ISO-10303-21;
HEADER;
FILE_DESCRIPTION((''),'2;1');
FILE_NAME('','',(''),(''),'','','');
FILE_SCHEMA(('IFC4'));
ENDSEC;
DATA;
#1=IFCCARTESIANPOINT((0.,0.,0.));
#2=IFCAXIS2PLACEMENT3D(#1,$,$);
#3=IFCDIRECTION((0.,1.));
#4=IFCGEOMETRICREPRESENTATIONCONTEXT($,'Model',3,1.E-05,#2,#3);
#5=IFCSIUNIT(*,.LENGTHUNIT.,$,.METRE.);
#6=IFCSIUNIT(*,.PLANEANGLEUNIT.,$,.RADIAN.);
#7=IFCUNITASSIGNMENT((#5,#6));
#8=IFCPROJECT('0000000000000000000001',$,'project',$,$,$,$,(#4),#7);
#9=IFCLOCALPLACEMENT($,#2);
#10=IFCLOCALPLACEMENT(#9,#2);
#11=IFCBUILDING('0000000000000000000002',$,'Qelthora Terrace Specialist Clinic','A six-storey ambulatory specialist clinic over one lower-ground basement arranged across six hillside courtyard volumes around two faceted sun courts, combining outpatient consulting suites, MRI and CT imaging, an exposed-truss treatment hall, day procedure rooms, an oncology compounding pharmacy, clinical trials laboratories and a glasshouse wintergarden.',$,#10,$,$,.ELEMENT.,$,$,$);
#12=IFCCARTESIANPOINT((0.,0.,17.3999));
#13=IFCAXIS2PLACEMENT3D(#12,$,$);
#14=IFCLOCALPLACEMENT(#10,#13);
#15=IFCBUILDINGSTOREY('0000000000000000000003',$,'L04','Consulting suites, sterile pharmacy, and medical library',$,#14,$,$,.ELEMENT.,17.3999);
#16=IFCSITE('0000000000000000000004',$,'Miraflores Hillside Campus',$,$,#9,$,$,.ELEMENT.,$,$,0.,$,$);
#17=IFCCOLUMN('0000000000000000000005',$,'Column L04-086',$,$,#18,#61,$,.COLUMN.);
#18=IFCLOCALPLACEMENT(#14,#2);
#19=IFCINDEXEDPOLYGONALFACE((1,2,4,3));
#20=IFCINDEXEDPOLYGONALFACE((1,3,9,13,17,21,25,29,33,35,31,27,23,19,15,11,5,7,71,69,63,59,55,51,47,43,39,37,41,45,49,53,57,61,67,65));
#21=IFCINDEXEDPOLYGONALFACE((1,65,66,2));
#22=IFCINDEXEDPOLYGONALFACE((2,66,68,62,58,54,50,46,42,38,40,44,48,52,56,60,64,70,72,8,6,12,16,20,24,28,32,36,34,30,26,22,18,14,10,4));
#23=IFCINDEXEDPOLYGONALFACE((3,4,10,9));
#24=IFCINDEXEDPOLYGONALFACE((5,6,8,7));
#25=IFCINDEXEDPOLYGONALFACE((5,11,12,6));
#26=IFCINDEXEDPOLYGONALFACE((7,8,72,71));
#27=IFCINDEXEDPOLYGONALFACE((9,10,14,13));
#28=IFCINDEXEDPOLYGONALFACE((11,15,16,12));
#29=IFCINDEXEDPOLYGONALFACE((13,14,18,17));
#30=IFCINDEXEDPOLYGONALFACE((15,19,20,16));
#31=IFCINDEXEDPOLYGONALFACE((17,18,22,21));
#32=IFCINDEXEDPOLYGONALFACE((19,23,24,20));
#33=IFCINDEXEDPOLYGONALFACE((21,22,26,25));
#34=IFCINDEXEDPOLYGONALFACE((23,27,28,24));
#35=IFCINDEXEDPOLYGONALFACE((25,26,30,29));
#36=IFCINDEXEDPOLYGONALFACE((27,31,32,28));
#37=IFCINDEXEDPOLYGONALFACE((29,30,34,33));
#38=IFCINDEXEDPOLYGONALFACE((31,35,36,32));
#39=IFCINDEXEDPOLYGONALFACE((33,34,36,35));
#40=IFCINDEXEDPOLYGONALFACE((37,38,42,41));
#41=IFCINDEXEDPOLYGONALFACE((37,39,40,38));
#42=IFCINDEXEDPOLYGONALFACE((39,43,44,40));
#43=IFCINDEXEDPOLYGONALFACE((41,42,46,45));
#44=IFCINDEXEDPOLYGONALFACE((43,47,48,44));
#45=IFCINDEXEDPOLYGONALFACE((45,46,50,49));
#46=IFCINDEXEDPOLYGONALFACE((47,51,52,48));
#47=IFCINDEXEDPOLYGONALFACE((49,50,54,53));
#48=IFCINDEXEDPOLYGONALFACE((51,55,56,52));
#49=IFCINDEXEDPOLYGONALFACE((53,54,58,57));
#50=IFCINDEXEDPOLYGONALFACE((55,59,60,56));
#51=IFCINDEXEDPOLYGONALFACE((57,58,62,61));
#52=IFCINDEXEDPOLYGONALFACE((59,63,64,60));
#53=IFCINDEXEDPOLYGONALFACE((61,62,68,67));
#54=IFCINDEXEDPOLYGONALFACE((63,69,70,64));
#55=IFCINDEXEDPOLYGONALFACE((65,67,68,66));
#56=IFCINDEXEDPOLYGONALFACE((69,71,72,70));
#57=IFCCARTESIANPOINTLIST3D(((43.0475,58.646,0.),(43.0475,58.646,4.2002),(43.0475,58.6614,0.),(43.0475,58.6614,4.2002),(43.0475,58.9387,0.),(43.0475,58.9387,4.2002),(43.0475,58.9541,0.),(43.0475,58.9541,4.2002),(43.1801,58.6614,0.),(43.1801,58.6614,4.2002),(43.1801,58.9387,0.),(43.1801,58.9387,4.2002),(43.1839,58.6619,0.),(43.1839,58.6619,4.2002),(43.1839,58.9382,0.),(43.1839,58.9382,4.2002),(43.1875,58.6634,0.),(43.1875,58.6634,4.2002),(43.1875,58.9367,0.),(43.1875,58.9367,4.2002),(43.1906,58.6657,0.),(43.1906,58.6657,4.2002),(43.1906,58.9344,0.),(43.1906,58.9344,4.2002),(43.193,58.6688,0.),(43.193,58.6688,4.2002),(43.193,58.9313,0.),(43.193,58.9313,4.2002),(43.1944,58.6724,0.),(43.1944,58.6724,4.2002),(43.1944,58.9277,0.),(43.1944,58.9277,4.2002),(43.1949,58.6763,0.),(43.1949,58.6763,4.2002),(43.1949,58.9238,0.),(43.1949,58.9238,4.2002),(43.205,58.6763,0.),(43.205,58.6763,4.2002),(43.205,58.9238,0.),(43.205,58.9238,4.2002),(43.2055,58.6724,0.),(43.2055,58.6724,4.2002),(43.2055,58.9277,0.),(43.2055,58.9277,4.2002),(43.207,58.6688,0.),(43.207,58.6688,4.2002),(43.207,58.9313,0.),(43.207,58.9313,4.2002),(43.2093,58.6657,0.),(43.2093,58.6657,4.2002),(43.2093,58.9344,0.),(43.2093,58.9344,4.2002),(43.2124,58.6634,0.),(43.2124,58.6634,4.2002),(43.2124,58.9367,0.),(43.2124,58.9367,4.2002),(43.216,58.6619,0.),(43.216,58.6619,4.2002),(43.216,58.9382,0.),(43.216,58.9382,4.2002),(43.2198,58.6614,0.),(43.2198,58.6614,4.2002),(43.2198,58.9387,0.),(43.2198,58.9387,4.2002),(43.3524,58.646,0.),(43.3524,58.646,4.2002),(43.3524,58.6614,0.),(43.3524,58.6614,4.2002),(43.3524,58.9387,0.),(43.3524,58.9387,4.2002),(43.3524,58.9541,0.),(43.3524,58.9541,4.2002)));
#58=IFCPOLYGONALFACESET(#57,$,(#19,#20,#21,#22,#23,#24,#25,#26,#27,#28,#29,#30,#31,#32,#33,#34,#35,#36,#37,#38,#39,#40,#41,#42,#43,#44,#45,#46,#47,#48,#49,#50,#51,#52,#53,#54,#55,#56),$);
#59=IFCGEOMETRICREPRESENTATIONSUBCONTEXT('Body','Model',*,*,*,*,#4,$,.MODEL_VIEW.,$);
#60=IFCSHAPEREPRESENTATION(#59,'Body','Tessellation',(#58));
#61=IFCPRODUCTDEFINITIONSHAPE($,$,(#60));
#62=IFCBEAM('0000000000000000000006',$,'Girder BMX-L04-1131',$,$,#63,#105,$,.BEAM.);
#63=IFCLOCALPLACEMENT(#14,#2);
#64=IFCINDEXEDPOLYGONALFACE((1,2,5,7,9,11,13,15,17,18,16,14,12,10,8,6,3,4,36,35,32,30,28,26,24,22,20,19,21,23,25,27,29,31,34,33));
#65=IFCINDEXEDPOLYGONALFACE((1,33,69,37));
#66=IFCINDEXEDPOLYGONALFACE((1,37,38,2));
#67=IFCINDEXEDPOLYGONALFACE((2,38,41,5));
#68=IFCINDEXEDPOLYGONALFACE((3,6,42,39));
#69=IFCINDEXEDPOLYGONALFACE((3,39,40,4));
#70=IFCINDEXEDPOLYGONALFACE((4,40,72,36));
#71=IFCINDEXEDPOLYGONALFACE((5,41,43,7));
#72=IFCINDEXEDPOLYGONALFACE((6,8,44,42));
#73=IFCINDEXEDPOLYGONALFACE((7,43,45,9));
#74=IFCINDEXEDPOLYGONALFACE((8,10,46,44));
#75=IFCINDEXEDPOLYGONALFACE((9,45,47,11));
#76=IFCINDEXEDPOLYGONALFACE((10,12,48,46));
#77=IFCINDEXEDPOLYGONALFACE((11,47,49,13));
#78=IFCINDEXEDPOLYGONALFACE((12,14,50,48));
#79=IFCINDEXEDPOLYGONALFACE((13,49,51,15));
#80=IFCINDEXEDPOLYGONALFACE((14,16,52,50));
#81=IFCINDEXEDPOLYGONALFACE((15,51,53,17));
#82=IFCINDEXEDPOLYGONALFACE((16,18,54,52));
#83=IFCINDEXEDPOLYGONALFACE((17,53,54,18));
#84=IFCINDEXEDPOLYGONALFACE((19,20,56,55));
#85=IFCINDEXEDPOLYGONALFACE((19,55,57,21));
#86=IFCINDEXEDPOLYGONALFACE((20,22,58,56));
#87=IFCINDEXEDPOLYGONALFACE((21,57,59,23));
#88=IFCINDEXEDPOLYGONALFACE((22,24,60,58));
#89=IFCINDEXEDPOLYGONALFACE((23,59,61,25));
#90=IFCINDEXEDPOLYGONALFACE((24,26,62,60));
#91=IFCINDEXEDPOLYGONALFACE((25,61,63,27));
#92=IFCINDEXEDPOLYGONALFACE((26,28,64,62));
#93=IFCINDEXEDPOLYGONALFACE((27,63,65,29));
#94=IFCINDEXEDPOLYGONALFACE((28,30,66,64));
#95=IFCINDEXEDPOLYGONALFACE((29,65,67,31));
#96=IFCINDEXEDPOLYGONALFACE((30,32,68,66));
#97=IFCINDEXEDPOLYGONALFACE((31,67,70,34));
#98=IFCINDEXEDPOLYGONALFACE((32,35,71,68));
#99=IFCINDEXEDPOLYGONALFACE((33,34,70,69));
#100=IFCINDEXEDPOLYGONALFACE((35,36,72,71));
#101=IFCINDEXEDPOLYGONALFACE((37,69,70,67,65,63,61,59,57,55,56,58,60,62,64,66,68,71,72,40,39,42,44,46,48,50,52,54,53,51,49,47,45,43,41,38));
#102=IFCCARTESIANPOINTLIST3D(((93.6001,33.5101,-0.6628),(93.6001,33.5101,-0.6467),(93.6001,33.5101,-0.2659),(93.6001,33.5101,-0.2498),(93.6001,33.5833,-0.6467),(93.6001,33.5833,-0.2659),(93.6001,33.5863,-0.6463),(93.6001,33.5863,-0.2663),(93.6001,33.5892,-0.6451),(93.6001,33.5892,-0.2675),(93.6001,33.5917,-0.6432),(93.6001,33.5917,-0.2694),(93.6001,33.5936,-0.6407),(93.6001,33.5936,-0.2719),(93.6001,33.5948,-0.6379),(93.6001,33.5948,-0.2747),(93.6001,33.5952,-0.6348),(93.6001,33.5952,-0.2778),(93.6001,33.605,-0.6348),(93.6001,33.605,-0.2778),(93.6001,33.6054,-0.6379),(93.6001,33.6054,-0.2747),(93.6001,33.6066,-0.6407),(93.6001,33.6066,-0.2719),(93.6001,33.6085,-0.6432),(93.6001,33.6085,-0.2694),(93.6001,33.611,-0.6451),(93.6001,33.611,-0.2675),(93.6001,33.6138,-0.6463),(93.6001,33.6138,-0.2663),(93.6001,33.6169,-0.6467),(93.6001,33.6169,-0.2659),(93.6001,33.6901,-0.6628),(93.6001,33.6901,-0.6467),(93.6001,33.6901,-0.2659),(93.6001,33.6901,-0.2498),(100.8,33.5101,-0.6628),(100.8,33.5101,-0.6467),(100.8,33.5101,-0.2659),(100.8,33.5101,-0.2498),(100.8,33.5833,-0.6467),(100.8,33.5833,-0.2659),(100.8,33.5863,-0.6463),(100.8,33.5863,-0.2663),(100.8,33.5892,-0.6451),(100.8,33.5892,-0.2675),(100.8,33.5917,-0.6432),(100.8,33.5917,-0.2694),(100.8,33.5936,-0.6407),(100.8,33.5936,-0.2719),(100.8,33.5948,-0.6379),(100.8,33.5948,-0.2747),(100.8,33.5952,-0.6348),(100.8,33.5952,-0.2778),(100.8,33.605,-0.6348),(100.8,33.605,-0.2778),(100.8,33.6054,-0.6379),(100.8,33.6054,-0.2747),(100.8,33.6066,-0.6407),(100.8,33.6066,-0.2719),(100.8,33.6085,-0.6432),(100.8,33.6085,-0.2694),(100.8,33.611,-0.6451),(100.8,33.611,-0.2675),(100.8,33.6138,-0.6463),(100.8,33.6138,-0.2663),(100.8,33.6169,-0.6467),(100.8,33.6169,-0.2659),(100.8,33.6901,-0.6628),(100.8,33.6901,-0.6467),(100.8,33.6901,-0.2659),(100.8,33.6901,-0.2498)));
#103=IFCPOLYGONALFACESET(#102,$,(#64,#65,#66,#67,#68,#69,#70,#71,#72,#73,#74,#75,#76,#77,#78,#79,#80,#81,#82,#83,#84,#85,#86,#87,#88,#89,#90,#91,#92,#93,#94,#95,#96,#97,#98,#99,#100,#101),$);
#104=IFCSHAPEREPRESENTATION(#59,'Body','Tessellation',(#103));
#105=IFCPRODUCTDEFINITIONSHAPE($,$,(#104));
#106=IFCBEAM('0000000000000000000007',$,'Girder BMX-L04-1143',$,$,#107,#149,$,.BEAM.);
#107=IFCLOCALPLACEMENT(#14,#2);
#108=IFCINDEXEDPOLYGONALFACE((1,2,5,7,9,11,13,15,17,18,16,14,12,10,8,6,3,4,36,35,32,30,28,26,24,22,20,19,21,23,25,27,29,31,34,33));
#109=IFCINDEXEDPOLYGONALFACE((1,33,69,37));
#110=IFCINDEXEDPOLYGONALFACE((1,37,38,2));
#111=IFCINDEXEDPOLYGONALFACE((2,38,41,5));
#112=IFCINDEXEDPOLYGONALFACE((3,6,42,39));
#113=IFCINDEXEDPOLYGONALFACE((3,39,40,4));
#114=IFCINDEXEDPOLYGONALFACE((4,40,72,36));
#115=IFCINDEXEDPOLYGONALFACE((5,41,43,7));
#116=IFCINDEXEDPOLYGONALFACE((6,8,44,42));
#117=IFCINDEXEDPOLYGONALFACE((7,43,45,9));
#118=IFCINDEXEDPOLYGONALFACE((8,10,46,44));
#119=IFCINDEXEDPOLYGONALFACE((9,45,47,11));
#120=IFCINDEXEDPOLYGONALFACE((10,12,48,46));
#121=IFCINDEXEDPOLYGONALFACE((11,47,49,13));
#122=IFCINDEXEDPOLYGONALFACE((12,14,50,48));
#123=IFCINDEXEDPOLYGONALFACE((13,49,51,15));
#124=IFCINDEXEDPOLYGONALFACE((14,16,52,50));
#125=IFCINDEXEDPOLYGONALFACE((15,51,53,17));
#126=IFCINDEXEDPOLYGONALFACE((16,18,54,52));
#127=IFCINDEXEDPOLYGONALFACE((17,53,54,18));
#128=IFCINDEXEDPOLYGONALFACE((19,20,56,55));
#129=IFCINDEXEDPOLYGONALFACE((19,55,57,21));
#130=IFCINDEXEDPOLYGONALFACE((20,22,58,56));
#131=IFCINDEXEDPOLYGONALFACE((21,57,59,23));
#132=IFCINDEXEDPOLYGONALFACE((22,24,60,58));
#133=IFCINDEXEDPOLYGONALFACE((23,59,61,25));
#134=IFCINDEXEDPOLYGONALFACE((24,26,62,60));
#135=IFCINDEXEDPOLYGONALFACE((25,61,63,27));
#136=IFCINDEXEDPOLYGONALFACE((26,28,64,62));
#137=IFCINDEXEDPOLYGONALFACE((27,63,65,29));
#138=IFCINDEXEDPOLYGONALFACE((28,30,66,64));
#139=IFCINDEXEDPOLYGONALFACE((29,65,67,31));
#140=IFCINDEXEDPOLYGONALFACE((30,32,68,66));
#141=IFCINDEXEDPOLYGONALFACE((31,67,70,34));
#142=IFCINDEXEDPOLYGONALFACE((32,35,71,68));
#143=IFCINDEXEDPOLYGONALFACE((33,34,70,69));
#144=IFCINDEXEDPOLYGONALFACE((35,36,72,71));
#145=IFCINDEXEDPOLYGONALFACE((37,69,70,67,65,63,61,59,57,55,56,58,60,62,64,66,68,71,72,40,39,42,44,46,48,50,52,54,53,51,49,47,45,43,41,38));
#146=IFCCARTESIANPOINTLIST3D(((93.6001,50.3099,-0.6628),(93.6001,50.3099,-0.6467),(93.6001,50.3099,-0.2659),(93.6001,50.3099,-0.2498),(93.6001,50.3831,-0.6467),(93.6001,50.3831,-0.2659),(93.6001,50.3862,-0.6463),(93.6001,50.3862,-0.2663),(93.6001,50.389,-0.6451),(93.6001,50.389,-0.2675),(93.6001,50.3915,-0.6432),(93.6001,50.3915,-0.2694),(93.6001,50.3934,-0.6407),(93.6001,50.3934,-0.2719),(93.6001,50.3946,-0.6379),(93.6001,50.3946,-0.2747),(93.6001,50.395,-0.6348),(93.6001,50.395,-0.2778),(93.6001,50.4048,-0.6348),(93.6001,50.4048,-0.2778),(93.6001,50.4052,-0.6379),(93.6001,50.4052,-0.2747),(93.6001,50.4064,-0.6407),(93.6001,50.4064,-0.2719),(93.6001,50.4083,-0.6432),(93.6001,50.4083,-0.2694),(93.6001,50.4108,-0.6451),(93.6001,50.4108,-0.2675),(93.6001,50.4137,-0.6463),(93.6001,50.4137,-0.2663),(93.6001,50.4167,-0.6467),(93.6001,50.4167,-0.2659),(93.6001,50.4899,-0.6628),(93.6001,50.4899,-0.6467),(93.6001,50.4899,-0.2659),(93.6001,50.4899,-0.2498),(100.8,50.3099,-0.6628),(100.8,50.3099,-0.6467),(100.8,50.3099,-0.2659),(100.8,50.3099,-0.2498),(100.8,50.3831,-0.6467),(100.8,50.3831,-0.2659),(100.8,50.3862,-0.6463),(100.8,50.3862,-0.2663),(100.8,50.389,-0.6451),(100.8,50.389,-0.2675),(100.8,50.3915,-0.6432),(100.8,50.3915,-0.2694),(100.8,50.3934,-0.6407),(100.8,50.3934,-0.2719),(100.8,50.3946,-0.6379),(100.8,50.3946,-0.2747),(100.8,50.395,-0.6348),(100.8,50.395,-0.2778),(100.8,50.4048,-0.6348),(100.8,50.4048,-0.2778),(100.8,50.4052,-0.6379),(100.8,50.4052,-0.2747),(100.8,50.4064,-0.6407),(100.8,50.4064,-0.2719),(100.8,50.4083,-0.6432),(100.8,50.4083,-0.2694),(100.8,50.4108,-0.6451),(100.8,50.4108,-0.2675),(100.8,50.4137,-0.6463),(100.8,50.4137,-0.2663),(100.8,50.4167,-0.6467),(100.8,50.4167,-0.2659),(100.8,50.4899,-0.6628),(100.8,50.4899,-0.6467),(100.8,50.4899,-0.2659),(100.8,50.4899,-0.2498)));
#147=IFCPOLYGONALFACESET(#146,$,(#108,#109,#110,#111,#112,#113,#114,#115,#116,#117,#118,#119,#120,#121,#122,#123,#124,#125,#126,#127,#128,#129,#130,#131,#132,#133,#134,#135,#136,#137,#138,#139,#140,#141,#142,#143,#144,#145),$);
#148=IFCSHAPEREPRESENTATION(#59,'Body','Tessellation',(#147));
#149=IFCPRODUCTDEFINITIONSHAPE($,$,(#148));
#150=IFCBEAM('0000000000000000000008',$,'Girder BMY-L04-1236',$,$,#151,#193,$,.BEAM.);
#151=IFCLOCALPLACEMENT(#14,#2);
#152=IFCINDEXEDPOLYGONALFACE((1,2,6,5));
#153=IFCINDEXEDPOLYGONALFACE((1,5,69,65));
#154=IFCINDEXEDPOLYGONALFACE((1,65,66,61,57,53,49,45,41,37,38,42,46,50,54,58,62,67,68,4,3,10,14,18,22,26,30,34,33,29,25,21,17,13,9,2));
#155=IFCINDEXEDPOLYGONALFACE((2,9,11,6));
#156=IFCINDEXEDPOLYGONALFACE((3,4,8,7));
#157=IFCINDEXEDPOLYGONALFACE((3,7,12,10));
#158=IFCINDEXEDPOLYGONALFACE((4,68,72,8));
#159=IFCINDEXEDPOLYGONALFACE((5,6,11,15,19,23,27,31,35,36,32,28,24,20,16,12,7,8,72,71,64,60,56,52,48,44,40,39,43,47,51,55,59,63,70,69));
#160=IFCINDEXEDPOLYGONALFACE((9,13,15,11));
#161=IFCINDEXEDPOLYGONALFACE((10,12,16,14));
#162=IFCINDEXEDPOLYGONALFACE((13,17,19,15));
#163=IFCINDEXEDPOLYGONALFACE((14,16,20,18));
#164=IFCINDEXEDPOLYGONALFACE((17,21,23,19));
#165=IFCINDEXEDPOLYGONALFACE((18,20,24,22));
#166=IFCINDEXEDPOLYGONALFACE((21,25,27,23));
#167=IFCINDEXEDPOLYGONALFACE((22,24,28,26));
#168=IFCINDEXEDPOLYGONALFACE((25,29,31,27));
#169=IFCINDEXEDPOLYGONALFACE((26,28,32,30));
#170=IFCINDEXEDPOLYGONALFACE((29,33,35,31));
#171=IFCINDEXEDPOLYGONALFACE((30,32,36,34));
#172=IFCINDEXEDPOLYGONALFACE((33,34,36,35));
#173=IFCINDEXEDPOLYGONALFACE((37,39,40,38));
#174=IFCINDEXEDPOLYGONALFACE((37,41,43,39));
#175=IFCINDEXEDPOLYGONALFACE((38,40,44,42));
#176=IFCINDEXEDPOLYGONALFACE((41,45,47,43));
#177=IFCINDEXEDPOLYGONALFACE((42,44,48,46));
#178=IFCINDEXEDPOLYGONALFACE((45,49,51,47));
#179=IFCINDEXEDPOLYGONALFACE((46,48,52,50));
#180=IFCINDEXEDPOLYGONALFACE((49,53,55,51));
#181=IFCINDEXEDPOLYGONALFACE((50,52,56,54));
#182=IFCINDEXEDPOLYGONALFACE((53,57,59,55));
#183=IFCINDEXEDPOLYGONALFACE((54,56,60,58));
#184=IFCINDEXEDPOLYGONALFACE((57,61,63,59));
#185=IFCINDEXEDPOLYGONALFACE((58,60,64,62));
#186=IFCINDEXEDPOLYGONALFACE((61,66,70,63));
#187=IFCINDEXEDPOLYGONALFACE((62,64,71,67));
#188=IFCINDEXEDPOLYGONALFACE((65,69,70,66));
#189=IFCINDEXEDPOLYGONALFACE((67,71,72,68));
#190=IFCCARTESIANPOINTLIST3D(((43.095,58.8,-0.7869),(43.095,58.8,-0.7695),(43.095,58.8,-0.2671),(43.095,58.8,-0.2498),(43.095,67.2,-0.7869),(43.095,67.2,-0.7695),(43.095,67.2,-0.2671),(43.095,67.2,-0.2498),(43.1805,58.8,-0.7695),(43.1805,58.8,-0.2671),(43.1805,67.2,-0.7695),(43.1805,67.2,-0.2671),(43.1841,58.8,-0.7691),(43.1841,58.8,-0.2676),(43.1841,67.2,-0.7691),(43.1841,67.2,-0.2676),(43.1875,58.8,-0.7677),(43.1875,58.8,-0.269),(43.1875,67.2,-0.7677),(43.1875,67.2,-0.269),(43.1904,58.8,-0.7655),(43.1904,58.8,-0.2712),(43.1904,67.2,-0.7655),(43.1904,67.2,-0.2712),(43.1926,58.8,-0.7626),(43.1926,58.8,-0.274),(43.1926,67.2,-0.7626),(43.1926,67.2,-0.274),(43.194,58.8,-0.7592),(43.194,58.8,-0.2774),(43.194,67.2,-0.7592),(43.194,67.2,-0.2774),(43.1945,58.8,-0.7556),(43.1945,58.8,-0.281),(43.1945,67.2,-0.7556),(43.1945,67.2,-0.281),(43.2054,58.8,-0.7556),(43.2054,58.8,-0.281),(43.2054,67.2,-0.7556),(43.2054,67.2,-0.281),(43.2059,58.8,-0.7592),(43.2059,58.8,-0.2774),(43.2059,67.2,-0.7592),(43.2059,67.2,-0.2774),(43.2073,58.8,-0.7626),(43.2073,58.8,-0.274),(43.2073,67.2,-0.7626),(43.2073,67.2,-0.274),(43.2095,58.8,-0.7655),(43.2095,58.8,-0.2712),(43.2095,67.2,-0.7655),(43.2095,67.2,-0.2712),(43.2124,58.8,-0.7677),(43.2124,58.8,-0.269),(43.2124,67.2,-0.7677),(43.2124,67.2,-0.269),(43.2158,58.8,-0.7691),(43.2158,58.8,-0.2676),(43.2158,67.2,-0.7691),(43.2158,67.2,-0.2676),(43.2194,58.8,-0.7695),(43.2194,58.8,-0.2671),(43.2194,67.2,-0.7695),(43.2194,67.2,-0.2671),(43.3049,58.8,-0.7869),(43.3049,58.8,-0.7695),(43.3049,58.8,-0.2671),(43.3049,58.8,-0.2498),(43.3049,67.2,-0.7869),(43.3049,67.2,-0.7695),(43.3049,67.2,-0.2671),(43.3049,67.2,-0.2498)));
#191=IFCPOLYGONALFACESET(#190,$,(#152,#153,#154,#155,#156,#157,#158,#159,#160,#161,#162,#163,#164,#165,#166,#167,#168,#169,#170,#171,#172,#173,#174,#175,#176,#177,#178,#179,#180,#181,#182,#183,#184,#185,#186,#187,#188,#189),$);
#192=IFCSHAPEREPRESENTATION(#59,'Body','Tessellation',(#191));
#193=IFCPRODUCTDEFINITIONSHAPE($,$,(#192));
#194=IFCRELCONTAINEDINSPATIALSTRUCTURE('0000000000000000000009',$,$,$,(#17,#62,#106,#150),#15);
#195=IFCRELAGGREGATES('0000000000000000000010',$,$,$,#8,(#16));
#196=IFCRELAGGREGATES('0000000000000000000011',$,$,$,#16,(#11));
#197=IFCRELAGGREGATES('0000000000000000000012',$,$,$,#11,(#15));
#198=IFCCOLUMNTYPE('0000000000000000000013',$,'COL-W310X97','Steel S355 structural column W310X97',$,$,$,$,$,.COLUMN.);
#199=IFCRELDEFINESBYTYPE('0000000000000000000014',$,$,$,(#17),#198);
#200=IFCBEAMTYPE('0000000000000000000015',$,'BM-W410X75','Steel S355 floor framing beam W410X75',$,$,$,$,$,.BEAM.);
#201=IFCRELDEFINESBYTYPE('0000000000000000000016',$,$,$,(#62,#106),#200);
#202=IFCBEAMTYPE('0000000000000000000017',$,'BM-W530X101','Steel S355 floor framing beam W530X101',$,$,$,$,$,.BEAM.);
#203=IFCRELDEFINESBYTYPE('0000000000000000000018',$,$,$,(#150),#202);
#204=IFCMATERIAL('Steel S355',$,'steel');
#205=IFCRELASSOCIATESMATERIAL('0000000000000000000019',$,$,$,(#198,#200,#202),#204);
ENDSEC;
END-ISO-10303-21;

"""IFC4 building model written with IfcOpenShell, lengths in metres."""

from ifc_helpers import new_model, si_unit, direction, frame, origin, origin_2d, place, context, subcontext, project, spatial, i_section, extrude, material, material_profile, profile_set, type_object, element, save


model = new_model("IFC4")

# Units and contexts
model_context = context("Model", 3, precision=1e-05, world=origin(), true_north=direction((0.0, 1.0)))
body_context = subcontext(model_context, "Body", "Model", "MODEL_VIEW")
ifc_project = project(units=[si_unit("LENGTHUNIT", "METRE"), si_unit("PLANEANGLEUNIT", "RADIAN")], contexts=[model_context])

# Site, building, storey
site_placement = place(None, origin())
site = spatial("IfcSite", under=ifc_project, at=site_placement, Name="Miraflores Hillside Campus", CompositionType="ELEMENT", RefElevation=0.0)
building_placement = place(site_placement, origin())
building = spatial("IfcBuilding", under=site, at=building_placement, Name="Qelthora Terrace Specialist Clinic", Description="A six-storey ambulatory specialist clinic over one lower-ground basement arranged across six hillside courtyard volumes around two faceted sun courts, combining outpatient consulting suites, MRI and CT imaging, an exposed-truss treatment hall, day procedure rooms, an oncology compounding pharmacy, clinical trials laboratories and a glasshouse wintergarden.", CompositionType="ELEMENT")
storey_placement = place(building_placement, frame((0.0, 0.0, 17.3999)))
storey = spatial("IfcBuildingStorey", under=building, at=storey_placement, Name="L04", Description="Consulting suites, sterile pharmacy, and medical library", CompositionType="ELEMENT", Elevation=17.3999)

# Column
ifc_material_1 = material(Name="Steel S355", Category="steel")
ifc_material_profile_1 = material_profile(ifc_material_1, i_section(OverallWidth=0.3049, OverallDepth=0.3081, WebThickness=0.01, FlangeThickness=0.0154, FilletRadius=0.0149, at=origin_2d()), Name="W310X97")
ifc_profile_set_1 = profile_set([ifc_material_profile_1], Name="Steel S355")
column_type_1 = type_object("IfcColumnType", Name="COL-W310X97", Description="Steel S355 structural column W310X97", PredefinedType="COLUMN", material=ifc_profile_set_1)
column_1_placement = place(storey_placement, frame((43.2, 58.8, 0.0), z_axis=(0.0, 0.0, 1.0), x_axis=(1.0, 0.0, 0.0)))
element("IfcColumn", 1, at=column_1_placement, inside=storey, type_object=column_type_1, Name="Column L04-086", PredefinedType="COLUMN", context=body_context, shape_type="SweptSolid", body=[
    extrude(i_section(OverallWidth=0.3049, OverallDepth=0.3081, WebThickness=0.01, FlangeThickness=0.0154, FilletRadius=0.0149, at=origin_2d()), origin(), (0.0, 0.0, 1.0), 4.2002),
])

# Beams
ifc_material_profile_2 = material_profile(ifc_material_1, i_section(OverallWidth=0.1799, OverallDepth=0.4131, WebThickness=0.0098, FlangeThickness=0.0161, FilletRadius=0.012, at=origin_2d()), Name="W410X75")
ifc_profile_set_2 = profile_set([ifc_material_profile_2], Name="Steel S355")
beam_type_1 = type_object("IfcBeamType", Name="BM-W410X75", Description="Steel S355 floor framing beam W410X75", PredefinedType="BEAM", material=ifc_profile_set_2)
for number, where, z_axis, x_axis, name in (
    (2, (93.6001, 33.6001, -0.4563), (1.0, 0.0, 0.0), (0.0, 1.0, 0.0), "Girder BMX-L04-1131"),
    (3, (93.6001, 50.3999, -0.4563), (1.0, 0.0, 0.0), (0.0, 1.0, 0.0), "Girder BMX-L04-1143"),
):
    element("IfcBeam", number, at=place(storey_placement, frame(where, z_axis=z_axis, x_axis=x_axis)), inside=storey, type_object=beam_type_1, Name=name, PredefinedType="BEAM", context=body_context, shape_type="SweptSolid", body=[
        extrude(i_section(OverallWidth=0.1799, OverallDepth=0.4131, WebThickness=0.0098, FlangeThickness=0.0161, FilletRadius=0.012, at=origin_2d()), origin(), (0.0, 0.0, 1.0), 7.2),
    ])
ifc_material_profile_3 = material_profile(ifc_material_1, i_section(OverallWidth=0.21, OverallDepth=0.5371, WebThickness=0.011, FlangeThickness=0.0173, FilletRadius=0.0139, at=origin_2d()), Name="W530X101")
ifc_profile_set_3 = profile_set([ifc_material_profile_3], Name="Steel S355")
beam_type_2 = type_object("IfcBeamType", Name="BM-W530X101", Description="Steel S355 floor framing beam W530X101", PredefinedType="BEAM", material=ifc_profile_set_3)
beam_1_placement = place(storey_placement, frame((43.2, 58.8, -0.5183), z_axis=(0.0, 1.0, 0.0), x_axis=(-1.0, 0.0, 0.0)))
element("IfcBeam", 4, at=beam_1_placement, inside=storey, type_object=beam_type_2, Name="Girder BMY-L04-1236", PredefinedType="BEAM", context=body_context, shape_type="SweptSolid", body=[
    extrude(i_section(OverallWidth=0.21, OverallDepth=0.5371, WebThickness=0.011, FlangeThickness=0.0173, FilletRadius=0.0139, at=origin_2d()), origin(), (0.0, 0.0, 1.0), 8.3999),
])

save(model, "model.ifc")
